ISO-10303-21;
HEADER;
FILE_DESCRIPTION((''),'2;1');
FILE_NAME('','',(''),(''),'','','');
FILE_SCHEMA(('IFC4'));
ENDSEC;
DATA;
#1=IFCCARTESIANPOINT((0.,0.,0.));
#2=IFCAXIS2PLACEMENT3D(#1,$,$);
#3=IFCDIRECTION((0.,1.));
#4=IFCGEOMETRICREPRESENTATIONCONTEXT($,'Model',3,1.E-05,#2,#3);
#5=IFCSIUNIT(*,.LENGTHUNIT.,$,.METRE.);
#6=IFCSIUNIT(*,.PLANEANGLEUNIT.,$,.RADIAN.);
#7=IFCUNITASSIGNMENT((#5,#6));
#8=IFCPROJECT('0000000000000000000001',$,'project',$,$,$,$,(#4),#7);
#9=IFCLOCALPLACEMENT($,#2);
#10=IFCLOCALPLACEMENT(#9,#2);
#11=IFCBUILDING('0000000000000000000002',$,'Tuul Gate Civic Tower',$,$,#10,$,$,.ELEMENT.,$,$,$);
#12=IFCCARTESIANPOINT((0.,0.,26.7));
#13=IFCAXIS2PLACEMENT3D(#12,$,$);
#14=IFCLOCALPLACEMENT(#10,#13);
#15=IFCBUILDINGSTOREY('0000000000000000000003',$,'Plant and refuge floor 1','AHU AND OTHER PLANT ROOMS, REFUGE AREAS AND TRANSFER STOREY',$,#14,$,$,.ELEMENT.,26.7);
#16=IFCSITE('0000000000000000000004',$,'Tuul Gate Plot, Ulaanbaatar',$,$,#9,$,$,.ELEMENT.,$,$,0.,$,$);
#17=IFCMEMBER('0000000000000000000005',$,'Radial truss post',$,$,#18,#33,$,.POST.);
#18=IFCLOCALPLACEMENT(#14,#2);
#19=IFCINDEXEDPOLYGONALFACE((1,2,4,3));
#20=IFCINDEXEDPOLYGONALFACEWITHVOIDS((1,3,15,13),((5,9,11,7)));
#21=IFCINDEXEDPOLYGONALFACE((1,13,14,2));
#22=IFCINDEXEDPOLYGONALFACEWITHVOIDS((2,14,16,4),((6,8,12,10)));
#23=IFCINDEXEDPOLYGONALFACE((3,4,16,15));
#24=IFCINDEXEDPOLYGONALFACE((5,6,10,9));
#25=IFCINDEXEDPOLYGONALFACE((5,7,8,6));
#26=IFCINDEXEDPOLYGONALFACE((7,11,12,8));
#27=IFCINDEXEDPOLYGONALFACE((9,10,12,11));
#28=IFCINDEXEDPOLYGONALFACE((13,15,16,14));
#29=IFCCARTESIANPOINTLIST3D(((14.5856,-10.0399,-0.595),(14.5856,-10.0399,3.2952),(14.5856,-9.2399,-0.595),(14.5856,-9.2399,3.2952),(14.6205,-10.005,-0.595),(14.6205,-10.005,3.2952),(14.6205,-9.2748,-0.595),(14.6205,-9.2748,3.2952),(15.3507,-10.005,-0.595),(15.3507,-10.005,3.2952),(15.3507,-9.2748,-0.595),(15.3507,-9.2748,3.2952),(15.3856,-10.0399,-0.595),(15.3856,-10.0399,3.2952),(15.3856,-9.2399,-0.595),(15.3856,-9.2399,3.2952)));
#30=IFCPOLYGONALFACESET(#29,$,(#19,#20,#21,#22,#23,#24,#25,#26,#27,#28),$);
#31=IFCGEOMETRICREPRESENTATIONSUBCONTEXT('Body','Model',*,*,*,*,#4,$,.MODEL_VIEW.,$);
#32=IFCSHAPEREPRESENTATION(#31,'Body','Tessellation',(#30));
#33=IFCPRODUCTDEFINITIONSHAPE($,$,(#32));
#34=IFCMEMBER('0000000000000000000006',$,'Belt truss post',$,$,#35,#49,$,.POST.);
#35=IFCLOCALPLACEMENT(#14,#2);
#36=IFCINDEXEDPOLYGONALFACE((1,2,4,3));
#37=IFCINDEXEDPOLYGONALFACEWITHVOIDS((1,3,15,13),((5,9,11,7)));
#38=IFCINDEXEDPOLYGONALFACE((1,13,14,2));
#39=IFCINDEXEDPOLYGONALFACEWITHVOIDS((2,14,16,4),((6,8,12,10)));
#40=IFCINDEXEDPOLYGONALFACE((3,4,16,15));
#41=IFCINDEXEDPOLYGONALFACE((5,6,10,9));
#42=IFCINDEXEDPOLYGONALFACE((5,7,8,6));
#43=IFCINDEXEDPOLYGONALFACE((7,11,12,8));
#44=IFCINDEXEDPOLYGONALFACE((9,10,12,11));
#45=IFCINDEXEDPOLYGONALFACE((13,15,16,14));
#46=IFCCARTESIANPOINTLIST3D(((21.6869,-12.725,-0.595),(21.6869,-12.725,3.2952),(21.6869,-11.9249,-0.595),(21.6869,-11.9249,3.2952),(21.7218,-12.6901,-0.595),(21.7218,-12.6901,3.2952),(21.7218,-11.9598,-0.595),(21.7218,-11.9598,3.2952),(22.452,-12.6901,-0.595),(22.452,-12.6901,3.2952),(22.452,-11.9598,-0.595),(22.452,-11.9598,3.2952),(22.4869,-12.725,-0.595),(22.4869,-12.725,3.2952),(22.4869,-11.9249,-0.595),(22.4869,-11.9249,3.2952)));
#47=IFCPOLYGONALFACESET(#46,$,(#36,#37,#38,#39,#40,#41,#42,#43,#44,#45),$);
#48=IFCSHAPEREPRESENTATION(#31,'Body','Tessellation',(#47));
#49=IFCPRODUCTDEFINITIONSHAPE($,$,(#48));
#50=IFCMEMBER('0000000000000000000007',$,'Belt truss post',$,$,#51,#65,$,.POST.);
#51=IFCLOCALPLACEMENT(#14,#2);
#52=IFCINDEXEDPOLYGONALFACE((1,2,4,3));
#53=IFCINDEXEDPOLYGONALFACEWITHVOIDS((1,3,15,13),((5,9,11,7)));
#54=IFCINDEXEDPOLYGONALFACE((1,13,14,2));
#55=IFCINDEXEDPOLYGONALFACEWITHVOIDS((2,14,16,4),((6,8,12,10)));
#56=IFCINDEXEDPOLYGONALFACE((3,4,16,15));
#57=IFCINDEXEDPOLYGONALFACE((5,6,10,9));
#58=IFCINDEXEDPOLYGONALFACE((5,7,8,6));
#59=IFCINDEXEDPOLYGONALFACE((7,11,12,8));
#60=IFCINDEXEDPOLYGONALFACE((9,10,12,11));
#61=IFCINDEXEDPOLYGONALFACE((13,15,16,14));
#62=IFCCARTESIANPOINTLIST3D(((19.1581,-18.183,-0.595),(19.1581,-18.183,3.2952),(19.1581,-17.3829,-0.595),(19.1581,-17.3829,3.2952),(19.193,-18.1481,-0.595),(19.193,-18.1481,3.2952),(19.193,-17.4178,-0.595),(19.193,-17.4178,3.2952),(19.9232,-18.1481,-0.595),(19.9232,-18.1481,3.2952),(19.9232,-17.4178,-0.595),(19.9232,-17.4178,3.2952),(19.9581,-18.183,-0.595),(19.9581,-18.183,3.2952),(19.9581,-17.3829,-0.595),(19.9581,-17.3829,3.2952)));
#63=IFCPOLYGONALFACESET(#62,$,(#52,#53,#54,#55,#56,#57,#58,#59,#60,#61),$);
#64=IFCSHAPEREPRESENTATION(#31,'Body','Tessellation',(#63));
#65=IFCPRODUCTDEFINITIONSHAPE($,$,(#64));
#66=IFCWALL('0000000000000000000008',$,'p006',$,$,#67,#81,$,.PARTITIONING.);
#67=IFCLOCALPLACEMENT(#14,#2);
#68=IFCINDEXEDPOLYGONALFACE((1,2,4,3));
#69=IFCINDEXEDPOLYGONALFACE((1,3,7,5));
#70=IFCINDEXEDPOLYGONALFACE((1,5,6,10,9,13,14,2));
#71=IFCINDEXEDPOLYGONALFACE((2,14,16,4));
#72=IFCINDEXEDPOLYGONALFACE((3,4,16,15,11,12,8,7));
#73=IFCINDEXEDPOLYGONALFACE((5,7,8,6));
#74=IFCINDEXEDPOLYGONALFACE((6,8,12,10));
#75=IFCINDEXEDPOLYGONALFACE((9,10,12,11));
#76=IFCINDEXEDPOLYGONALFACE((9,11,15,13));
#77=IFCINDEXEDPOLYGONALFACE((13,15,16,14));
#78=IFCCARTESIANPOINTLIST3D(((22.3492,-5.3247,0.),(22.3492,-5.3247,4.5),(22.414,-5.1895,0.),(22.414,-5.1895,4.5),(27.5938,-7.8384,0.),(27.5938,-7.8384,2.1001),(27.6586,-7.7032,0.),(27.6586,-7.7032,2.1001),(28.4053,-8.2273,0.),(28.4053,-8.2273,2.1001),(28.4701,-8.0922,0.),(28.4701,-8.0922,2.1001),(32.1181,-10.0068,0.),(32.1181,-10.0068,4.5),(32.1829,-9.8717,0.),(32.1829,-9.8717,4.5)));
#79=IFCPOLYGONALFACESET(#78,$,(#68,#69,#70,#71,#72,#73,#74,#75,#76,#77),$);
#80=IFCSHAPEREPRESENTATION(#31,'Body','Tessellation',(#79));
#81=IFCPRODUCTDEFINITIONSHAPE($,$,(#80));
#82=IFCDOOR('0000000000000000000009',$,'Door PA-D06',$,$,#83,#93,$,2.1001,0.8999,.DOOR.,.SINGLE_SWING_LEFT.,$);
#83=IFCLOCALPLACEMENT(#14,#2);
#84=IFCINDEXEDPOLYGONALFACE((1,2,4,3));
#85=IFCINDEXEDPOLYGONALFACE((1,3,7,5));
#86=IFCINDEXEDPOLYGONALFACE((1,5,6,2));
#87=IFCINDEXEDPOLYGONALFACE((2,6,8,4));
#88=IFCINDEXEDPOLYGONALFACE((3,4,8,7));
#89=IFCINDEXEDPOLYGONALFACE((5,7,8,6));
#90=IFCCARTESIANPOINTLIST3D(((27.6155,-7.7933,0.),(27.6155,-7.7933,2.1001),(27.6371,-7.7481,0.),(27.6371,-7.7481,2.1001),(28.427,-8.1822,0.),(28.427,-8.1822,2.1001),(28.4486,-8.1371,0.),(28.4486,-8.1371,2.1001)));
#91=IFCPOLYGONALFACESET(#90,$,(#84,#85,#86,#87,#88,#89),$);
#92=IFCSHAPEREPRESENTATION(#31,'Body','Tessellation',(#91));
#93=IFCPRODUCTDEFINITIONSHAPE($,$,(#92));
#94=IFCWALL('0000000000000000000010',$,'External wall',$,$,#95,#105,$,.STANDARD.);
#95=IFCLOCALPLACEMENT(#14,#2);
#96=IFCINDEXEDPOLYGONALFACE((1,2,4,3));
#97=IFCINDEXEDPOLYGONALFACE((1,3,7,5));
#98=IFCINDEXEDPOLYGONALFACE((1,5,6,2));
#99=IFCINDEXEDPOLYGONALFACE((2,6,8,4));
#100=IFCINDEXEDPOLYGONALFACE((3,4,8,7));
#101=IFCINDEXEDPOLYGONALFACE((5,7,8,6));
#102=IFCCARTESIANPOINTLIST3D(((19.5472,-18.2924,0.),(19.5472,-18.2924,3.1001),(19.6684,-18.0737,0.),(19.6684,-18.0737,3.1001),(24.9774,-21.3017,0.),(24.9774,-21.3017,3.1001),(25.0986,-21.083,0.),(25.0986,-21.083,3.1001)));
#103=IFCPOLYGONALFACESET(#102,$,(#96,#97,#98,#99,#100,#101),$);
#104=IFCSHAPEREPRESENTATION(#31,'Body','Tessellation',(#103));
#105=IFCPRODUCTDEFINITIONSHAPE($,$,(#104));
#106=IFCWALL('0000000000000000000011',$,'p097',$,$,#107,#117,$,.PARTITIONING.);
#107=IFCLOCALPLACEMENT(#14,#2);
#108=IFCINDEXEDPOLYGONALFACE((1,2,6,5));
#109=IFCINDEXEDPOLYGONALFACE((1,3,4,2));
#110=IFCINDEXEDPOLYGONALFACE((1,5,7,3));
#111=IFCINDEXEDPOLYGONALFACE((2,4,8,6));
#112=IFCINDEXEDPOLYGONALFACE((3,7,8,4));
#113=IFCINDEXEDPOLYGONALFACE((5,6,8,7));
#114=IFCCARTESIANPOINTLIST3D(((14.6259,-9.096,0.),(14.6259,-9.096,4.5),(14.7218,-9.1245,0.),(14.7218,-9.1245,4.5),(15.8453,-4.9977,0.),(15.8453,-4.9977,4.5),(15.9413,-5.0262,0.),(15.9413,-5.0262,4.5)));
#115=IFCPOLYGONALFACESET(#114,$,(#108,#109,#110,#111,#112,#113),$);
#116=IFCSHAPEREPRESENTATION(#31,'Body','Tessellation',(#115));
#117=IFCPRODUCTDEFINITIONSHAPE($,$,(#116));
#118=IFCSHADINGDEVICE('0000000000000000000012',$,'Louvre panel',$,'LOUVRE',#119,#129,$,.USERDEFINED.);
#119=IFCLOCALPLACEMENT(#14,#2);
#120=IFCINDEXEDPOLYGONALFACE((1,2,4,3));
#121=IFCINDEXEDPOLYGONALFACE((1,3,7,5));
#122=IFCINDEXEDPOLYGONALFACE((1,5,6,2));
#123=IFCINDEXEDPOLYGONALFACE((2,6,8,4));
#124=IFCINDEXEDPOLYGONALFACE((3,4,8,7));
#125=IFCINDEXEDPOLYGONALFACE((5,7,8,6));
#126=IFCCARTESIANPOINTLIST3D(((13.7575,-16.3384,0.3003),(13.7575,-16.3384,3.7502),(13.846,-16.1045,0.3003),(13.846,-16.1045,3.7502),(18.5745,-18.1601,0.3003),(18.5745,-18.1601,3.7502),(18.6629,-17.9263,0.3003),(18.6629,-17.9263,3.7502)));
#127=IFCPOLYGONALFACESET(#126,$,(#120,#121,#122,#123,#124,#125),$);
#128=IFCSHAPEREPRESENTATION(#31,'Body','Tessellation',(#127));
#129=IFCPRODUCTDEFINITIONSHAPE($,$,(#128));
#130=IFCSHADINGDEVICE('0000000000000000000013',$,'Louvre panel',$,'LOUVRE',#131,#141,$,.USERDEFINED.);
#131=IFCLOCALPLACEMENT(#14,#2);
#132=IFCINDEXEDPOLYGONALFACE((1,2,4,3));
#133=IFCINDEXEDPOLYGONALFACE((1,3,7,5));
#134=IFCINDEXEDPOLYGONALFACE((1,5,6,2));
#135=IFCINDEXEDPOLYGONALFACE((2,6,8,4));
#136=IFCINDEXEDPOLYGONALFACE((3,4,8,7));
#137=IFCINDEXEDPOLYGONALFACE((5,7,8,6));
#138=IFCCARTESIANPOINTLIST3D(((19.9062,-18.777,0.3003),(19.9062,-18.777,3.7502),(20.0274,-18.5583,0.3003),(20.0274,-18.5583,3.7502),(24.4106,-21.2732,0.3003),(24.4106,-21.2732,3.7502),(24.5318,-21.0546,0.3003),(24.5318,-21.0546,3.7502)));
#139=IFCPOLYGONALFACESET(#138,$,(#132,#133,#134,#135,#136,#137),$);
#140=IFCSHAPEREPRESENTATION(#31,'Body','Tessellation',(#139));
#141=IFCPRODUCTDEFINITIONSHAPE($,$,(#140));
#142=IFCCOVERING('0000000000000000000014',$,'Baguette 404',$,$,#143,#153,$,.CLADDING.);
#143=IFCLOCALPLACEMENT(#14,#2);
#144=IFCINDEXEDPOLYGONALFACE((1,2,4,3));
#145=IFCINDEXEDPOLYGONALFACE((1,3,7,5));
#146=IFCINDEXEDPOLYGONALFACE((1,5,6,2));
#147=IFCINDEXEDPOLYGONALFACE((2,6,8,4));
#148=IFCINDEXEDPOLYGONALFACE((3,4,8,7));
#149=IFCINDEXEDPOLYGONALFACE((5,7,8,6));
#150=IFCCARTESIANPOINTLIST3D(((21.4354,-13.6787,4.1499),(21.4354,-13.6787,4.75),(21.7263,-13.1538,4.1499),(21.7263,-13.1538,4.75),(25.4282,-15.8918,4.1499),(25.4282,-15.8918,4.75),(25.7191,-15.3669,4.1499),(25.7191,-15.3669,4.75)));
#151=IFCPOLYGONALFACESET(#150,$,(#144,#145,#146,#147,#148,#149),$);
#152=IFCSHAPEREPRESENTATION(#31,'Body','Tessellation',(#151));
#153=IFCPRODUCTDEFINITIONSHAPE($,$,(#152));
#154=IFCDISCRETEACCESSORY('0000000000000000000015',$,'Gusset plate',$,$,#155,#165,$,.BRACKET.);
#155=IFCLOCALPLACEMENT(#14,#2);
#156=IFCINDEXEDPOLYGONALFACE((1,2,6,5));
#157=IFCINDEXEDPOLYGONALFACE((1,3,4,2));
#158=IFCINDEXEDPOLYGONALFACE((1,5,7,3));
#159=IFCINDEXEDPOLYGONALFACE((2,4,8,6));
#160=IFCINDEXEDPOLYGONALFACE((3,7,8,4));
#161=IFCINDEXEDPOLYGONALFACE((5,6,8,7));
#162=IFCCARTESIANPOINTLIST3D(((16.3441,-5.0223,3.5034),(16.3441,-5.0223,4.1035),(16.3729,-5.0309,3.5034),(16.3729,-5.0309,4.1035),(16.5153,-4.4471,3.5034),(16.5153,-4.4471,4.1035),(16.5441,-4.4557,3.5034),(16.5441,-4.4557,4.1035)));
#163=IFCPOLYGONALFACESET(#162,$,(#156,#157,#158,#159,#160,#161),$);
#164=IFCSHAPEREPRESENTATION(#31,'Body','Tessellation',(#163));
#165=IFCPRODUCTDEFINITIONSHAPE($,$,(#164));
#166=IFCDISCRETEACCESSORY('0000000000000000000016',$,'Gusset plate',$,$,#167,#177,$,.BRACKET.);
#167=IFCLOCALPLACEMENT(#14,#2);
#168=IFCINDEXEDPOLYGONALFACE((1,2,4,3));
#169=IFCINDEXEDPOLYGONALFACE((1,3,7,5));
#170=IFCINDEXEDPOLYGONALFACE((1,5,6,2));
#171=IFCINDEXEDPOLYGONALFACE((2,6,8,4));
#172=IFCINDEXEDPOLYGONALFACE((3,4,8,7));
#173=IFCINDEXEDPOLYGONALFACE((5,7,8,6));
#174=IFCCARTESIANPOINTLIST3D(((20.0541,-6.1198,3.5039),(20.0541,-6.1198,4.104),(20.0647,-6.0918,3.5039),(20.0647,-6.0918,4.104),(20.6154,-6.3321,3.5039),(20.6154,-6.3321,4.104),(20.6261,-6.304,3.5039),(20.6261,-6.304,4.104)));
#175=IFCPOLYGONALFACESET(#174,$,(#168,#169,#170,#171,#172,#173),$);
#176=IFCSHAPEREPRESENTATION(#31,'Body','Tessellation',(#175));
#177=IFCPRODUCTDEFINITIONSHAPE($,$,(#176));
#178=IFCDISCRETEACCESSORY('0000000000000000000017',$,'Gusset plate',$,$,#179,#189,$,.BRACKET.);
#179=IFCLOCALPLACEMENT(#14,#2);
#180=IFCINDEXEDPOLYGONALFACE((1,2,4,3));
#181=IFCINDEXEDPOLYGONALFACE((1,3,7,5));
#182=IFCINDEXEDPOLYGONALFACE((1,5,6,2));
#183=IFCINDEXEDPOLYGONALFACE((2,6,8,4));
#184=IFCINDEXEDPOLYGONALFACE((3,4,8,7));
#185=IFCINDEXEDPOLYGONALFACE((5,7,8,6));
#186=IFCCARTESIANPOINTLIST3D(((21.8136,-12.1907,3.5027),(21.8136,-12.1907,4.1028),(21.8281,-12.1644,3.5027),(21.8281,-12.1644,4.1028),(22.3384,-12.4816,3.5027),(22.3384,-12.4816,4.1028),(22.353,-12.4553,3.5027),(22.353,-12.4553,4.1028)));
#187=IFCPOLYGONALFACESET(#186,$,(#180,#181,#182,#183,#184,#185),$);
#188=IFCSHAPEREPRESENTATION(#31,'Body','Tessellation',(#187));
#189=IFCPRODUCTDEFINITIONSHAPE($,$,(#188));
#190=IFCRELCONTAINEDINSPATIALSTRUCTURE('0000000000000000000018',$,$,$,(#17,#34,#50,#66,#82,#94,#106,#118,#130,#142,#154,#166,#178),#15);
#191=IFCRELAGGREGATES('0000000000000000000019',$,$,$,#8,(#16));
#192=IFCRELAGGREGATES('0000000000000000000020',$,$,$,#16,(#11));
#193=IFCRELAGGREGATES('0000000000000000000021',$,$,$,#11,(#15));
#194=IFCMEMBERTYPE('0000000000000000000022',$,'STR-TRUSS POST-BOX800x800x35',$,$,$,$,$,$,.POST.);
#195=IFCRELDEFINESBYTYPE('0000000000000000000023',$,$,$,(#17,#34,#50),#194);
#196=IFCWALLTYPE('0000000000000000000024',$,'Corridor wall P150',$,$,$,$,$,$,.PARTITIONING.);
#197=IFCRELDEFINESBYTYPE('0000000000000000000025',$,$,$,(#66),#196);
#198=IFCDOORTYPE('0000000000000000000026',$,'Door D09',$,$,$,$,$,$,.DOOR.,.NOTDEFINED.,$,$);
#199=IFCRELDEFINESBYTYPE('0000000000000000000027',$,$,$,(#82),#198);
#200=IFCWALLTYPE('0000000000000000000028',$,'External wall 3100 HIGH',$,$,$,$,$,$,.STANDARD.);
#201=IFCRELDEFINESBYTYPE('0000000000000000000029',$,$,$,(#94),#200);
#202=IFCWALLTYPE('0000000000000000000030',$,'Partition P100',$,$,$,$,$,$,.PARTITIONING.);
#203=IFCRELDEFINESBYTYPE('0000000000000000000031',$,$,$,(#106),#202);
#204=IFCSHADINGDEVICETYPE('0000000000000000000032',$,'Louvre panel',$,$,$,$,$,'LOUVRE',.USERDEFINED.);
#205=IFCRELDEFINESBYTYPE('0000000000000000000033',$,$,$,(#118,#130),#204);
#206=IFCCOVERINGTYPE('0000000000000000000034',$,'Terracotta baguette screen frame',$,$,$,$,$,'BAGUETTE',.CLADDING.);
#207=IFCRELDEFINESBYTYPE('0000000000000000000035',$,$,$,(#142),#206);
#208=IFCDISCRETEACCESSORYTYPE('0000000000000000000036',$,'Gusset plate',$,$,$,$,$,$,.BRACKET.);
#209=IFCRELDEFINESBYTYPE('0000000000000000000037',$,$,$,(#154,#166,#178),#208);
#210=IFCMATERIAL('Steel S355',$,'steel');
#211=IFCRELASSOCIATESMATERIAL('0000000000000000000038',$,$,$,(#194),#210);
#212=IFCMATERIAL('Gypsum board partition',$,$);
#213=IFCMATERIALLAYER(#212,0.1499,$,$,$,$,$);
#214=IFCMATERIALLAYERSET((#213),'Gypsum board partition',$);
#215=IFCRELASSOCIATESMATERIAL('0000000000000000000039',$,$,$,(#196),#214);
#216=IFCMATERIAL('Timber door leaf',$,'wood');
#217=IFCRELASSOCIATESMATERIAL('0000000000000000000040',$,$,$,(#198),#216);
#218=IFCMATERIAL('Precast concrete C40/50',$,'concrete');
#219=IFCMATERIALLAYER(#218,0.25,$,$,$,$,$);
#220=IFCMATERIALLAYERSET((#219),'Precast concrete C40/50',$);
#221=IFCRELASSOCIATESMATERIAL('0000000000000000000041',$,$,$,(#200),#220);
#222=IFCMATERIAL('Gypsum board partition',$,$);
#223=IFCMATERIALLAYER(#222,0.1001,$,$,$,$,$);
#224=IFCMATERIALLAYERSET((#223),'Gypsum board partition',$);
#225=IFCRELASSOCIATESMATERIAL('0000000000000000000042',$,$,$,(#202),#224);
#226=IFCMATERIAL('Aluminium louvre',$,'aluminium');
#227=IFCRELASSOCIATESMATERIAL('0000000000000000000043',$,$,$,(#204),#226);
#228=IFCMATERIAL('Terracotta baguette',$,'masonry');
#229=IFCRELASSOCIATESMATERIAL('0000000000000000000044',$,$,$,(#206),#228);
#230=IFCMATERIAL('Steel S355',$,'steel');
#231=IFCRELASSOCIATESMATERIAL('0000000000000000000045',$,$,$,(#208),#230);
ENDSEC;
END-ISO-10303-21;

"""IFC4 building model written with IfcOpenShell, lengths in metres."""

from ifc_helpers import new_model, si_unit, direction, frame, frame_2d, origin, origin_2d, place, context, subcontext, project, spatial, rectangle, hollow_rectangle, extrude, material, layer, layer_set, material_profile, profile_set, type_object, element, fill, save


model = new_model("IFC4")

# Units and contexts
model_context = context("Model", 3, precision=1e-05, world=origin(), true_north=direction((0.0, 1.0)))
body_context = subcontext(model_context, "Body", "Model", "MODEL_VIEW")
ifc_project = project(units=[si_unit("LENGTHUNIT", "METRE"), si_unit("PLANEANGLEUNIT", "RADIAN")], contexts=[model_context])

# Site, building, storey
site_placement = place(None, origin())
site = spatial("IfcSite", under=ifc_project, at=site_placement, Name="Tuul Gate Plot, Ulaanbaatar", CompositionType="ELEMENT", RefElevation=0.0)
building_placement = place(site_placement, origin())
building = spatial("IfcBuilding", under=site, at=building_placement, Name="Tuul Gate Civic Tower", CompositionType="ELEMENT")
storey_placement = place(building_placement, frame((0.0, 0.0, 26.7)))
storey = spatial("IfcBuildingStorey", under=building, at=storey_placement, Name="Plant and refuge floor 1", Description="AHU AND OTHER PLANT ROOMS, REFUGE AREAS AND TRANSFER STOREY", CompositionType="ELEMENT", Elevation=26.7)

# Members
ifc_material_1 = material(Name="Steel S355", Category="steel")
ifc_material_profile_1 = material_profile(ifc_material_1, hollow_rectangle(XDim=0.8, YDim=0.8, WallThickness=0.0349, at=origin_2d()), Name="BOX800x800x35")
ifc_profile_set_1 = profile_set([ifc_material_profile_1], Name="Steel S355")
member_type_1 = type_object("IfcMemberType", Name="STR-TRUSS POST-BOX800x800x35", PredefinedType="POST", material=ifc_profile_set_1)
for number, where, z_axis, x_axis, name in (
    (1, (14.9856, -9.6399, -0.595), (0.0, 0.0, 1.0), (1.0, 0.0, 0.0), "Radial truss post"),
    (2, (22.0869, -12.325, -0.595), (0.0, 0.0, 1.0), (1.0, 0.0, 0.0), "Belt truss post"),
    (3, (19.5581, -17.783, -0.595), (0.0, 0.0, 1.0), (1.0, 0.0, 0.0), "Belt truss post"),
):
    element("IfcMember", number, at=place(storey_placement, frame(where, z_axis=z_axis, x_axis=x_axis)), inside=storey, type_object=member_type_1, Name=name, PredefinedType="POST", context=body_context, shape_type="SweptSolid", body=[
        extrude(hollow_rectangle(XDim=0.8, YDim=0.8, WallThickness=0.0349, at=origin_2d()), origin(), (0.0, 0.0, 1.0), 3.8901),
    ])

# Wall, opening, door
ifc_material_2 = material(Name="Gypsum board partition")
ifc_layer_1 = layer(ifc_material_2, 0.1499)
ifc_layer_set_1 = layer_set([ifc_layer_1], Name="Gypsum board partition")
wall_type_1 = type_object("IfcWallType", Name="Corridor wall P150", PredefinedType="PARTITIONING", material=ifc_layer_set_1)
wall_1_placement = place(storey_placement, frame((22.3816, -5.2571, 0.0), z_axis=(0.0, 0.0, 1.0), x_axis=(0.901771, -0.432214, 0.0)))
wall_1 = element("IfcWall", 4, at=wall_1_placement, inside=storey, type_object=wall_type_1, Name="p006", PredefinedType="PARTITIONING", context=body_context, shape_type="SweptSolid", body=[
    extrude(rectangle(XDim=10.833, YDim=0.1499, at=frame_2d((5.4165, 0.0))), origin(), (0.0, 0.0, 1.0), 4.5),
])
opening_placement = place(wall_1_placement, frame((5.8159, 0.0, 0.0)))
opening = element("IfcOpeningElement", 5, at=opening_placement, cuts=wall_1, PredefinedType="OPENING", context=body_context, shape_type="SweptSolid", body=[
    extrude(rectangle(XDim=0.8999, YDim=2.1001, at=frame_2d((0.45, 1.05))), frame((0.0, 0.085, 0.0), z_axis=(0.0, -1.0, 0.0), x_axis=(1.0, 0.0, 0.0)), (0.0, 0.0, 1.0), 0.1699),
])
ifc_material_3 = material(Name="Timber door leaf", Category="wood")
door_type = type_object("IfcDoorType", Name="Door D09", OperationType="NOTDEFINED", PredefinedType="DOOR", material=ifc_material_3)
door_placement = place(opening_placement, frame((0.8999, 0.0, 0.0), z_axis=(0.0, 0.0, 1.0), x_axis=(-1.0, 0.0, 0.0)))
door = element("IfcDoor", 6, at=door_placement, inside=storey, type_object=door_type, Name="Door PA-D06", OperationType="SINGLE_SWING_LEFT", OverallHeight=2.1001, OverallWidth=0.8999, PredefinedType="DOOR", context=body_context, shape_type="SweptSolid", body=[
    extrude(rectangle(XDim=0.8999, YDim=2.1001, at=frame_2d((0.45, 1.05))), frame((0.0, 0.0249, 0.0), z_axis=(0.0, -1.0, 0.0), x_axis=(1.0, 0.0, 0.0)), (0.0, 0.0, 1.0), 0.05),
])
fill(opening, door)

# Walls
ifc_material_4 = material(Name="Precast concrete C40/50", Category="concrete")
ifc_layer_2 = layer(ifc_material_4, 0.25)
ifc_layer_set_2 = layer_set([ifc_layer_2], Name="Precast concrete C40/50")
wall_type_2 = type_object("IfcWallType", Name="External wall 3100 HIGH", PredefinedType="STANDARD", material=ifc_layer_set_2)
wall_2_placement = place(storey_placement, frame((19.6079, -18.1831, 0.0), z_axis=(0.0, 0.0, 1.0), x_axis=(0.874669, -0.484721, 0.0)))
element("IfcWall", 7, at=wall_2_placement, inside=storey, type_object=wall_type_2, Name="External wall", PredefinedType="STANDARD", context=body_context, shape_type="SweptSolid", body=[
    extrude(rectangle(XDim=6.2083, YDim=0.25, at=frame_2d((3.104, 0.0))), origin(), (0.0, 0.0, 1.0), 3.1001),
])
ifc_material_5 = material(Name="Gypsum board partition")
ifc_layer_3 = layer(ifc_material_5, 0.1001)
ifc_layer_set_3 = layer_set([ifc_layer_3], Name="Gypsum board partition")
wall_type_3 = type_object("IfcWallType", Name="Partition P100", PredefinedType="PARTITIONING", material=ifc_layer_set_3)
wall_3_placement = place(storey_placement, frame((15.8933, -5.012, 0.0), z_axis=(0.0, 0.0, 1.0), x_axis=(-0.285194, -0.95847, 0.0)))
element("IfcWall", 8, at=wall_3_placement, inside=storey, type_object=wall_type_3, Name="p097", PredefinedType="PARTITIONING", context=body_context, shape_type="SweptSolid", body=[
    extrude(rectangle(XDim=4.2759, YDim=0.1001, at=frame_2d((2.1379, 0.0))), origin(), (0.0, 0.0, 1.0), 4.5),
])

# Shading devices
ifc_material_6 = material(Name="Aluminium louvre", Category="aluminium")
shading_device_type = type_object("IfcShadingDeviceType", Name="Louvre panel", ElementType="LOUVRE", PredefinedType="USERDEFINED", material=ifc_material_6)
for number, where, z_axis, x_axis, name in (
    (9, (16.2102, -17.1323, 0.3003), (0.0, 0.0, 1.0), (-0.353739, -0.935344, 0.0), "Louvre panel"),
    (10, (22.219, -19.9158, 0.3003), (0.0, 0.0, 1.0), (-0.484724, -0.874667, 0.0), "Louvre panel"),
):
    element("IfcShadingDevice", number, at=place(storey_placement, frame(where, z_axis=z_axis, x_axis=x_axis)), inside=storey, type_object=shading_device_type, Name=name, ObjectType="LOUVRE", PredefinedType="USERDEFINED", context=body_context, shape_type="SweptSolid", body=[
        extrude(rectangle(XDim=0.25, YDim=5.1499, at=origin_2d()), origin(), (0.0, 0.0, 1.0), 3.45),
    ])

# Covering
ifc_material_7 = material(Name="Terracotta baguette", Category="masonry")
ifc_material_profile_2 = material_profile(ifc_material_7, rectangle(XDim=0.6001, YDim=0.6001, at=origin_2d()), Name="Terracotta baguette screen frame")
ifc_profile_set_2 = profile_set([ifc_material_profile_2], Name="Terracotta baguette")
covering_type = type_object("IfcCoveringType", Name="Terracotta baguette screen frame", ElementType="BAGUETTE", PredefinedType="CLADDING", material=ifc_profile_set_2)
covering_placement = place(storey_placement, frame((21.5808, -13.4163, 4.45), z_axis=(0.874636, -0.48478, 0.0), x_axis=(0.48478, 0.874636, 0.0)))
element("IfcCovering", 11, at=covering_placement, inside=storey, type_object=covering_type, Name="Baguette 404", PredefinedType="CLADDING", context=body_context, shape_type="SweptSolid", body=[
    extrude(rectangle(XDim=0.6001, YDim=0.6001, at=origin_2d()), origin(), (0.0, 0.0, 1.0), 4.5652),
])

# Discrete accessories
ifc_material_8 = material(Name="Steel S355", Category="steel")
discrete_accessory_type = type_object("IfcDiscreteAccessoryType", Name="Gusset plate", PredefinedType="BRACKET", material=ifc_material_8)
for number, where, z_axis, x_axis, name in (
    (12, (16.4441, -4.739, 3.5034), (0.0, 0.0, 1.0), (0.285196, 0.958469, 0.0), "Gusset plate"),
    (13, (20.3401, -6.2119, 3.5039), (0.0, 0.0, 1.0), (-0.935379, 0.353648, 0.0), "Gusset plate"),
    (14, (22.0833, -12.323, 3.5027), (0.0, 0.0, 1.0), (0.874598, -0.484849, 0.0), "Gusset plate"),
):
    element("IfcDiscreteAccessory", number, at=place(storey_placement, frame(where, z_axis=z_axis, x_axis=x_axis)), inside=storey, type_object=discrete_accessory_type, Name=name, PredefinedType="BRACKET", context=body_context, shape_type="SweptSolid", body=[
        extrude(rectangle(XDim=0.6001, YDim=0.03, at=origin_2d()), origin(), (0.0, 0.0, 1.0), 0.6001),
    ])

save(model, "model.ifc")
